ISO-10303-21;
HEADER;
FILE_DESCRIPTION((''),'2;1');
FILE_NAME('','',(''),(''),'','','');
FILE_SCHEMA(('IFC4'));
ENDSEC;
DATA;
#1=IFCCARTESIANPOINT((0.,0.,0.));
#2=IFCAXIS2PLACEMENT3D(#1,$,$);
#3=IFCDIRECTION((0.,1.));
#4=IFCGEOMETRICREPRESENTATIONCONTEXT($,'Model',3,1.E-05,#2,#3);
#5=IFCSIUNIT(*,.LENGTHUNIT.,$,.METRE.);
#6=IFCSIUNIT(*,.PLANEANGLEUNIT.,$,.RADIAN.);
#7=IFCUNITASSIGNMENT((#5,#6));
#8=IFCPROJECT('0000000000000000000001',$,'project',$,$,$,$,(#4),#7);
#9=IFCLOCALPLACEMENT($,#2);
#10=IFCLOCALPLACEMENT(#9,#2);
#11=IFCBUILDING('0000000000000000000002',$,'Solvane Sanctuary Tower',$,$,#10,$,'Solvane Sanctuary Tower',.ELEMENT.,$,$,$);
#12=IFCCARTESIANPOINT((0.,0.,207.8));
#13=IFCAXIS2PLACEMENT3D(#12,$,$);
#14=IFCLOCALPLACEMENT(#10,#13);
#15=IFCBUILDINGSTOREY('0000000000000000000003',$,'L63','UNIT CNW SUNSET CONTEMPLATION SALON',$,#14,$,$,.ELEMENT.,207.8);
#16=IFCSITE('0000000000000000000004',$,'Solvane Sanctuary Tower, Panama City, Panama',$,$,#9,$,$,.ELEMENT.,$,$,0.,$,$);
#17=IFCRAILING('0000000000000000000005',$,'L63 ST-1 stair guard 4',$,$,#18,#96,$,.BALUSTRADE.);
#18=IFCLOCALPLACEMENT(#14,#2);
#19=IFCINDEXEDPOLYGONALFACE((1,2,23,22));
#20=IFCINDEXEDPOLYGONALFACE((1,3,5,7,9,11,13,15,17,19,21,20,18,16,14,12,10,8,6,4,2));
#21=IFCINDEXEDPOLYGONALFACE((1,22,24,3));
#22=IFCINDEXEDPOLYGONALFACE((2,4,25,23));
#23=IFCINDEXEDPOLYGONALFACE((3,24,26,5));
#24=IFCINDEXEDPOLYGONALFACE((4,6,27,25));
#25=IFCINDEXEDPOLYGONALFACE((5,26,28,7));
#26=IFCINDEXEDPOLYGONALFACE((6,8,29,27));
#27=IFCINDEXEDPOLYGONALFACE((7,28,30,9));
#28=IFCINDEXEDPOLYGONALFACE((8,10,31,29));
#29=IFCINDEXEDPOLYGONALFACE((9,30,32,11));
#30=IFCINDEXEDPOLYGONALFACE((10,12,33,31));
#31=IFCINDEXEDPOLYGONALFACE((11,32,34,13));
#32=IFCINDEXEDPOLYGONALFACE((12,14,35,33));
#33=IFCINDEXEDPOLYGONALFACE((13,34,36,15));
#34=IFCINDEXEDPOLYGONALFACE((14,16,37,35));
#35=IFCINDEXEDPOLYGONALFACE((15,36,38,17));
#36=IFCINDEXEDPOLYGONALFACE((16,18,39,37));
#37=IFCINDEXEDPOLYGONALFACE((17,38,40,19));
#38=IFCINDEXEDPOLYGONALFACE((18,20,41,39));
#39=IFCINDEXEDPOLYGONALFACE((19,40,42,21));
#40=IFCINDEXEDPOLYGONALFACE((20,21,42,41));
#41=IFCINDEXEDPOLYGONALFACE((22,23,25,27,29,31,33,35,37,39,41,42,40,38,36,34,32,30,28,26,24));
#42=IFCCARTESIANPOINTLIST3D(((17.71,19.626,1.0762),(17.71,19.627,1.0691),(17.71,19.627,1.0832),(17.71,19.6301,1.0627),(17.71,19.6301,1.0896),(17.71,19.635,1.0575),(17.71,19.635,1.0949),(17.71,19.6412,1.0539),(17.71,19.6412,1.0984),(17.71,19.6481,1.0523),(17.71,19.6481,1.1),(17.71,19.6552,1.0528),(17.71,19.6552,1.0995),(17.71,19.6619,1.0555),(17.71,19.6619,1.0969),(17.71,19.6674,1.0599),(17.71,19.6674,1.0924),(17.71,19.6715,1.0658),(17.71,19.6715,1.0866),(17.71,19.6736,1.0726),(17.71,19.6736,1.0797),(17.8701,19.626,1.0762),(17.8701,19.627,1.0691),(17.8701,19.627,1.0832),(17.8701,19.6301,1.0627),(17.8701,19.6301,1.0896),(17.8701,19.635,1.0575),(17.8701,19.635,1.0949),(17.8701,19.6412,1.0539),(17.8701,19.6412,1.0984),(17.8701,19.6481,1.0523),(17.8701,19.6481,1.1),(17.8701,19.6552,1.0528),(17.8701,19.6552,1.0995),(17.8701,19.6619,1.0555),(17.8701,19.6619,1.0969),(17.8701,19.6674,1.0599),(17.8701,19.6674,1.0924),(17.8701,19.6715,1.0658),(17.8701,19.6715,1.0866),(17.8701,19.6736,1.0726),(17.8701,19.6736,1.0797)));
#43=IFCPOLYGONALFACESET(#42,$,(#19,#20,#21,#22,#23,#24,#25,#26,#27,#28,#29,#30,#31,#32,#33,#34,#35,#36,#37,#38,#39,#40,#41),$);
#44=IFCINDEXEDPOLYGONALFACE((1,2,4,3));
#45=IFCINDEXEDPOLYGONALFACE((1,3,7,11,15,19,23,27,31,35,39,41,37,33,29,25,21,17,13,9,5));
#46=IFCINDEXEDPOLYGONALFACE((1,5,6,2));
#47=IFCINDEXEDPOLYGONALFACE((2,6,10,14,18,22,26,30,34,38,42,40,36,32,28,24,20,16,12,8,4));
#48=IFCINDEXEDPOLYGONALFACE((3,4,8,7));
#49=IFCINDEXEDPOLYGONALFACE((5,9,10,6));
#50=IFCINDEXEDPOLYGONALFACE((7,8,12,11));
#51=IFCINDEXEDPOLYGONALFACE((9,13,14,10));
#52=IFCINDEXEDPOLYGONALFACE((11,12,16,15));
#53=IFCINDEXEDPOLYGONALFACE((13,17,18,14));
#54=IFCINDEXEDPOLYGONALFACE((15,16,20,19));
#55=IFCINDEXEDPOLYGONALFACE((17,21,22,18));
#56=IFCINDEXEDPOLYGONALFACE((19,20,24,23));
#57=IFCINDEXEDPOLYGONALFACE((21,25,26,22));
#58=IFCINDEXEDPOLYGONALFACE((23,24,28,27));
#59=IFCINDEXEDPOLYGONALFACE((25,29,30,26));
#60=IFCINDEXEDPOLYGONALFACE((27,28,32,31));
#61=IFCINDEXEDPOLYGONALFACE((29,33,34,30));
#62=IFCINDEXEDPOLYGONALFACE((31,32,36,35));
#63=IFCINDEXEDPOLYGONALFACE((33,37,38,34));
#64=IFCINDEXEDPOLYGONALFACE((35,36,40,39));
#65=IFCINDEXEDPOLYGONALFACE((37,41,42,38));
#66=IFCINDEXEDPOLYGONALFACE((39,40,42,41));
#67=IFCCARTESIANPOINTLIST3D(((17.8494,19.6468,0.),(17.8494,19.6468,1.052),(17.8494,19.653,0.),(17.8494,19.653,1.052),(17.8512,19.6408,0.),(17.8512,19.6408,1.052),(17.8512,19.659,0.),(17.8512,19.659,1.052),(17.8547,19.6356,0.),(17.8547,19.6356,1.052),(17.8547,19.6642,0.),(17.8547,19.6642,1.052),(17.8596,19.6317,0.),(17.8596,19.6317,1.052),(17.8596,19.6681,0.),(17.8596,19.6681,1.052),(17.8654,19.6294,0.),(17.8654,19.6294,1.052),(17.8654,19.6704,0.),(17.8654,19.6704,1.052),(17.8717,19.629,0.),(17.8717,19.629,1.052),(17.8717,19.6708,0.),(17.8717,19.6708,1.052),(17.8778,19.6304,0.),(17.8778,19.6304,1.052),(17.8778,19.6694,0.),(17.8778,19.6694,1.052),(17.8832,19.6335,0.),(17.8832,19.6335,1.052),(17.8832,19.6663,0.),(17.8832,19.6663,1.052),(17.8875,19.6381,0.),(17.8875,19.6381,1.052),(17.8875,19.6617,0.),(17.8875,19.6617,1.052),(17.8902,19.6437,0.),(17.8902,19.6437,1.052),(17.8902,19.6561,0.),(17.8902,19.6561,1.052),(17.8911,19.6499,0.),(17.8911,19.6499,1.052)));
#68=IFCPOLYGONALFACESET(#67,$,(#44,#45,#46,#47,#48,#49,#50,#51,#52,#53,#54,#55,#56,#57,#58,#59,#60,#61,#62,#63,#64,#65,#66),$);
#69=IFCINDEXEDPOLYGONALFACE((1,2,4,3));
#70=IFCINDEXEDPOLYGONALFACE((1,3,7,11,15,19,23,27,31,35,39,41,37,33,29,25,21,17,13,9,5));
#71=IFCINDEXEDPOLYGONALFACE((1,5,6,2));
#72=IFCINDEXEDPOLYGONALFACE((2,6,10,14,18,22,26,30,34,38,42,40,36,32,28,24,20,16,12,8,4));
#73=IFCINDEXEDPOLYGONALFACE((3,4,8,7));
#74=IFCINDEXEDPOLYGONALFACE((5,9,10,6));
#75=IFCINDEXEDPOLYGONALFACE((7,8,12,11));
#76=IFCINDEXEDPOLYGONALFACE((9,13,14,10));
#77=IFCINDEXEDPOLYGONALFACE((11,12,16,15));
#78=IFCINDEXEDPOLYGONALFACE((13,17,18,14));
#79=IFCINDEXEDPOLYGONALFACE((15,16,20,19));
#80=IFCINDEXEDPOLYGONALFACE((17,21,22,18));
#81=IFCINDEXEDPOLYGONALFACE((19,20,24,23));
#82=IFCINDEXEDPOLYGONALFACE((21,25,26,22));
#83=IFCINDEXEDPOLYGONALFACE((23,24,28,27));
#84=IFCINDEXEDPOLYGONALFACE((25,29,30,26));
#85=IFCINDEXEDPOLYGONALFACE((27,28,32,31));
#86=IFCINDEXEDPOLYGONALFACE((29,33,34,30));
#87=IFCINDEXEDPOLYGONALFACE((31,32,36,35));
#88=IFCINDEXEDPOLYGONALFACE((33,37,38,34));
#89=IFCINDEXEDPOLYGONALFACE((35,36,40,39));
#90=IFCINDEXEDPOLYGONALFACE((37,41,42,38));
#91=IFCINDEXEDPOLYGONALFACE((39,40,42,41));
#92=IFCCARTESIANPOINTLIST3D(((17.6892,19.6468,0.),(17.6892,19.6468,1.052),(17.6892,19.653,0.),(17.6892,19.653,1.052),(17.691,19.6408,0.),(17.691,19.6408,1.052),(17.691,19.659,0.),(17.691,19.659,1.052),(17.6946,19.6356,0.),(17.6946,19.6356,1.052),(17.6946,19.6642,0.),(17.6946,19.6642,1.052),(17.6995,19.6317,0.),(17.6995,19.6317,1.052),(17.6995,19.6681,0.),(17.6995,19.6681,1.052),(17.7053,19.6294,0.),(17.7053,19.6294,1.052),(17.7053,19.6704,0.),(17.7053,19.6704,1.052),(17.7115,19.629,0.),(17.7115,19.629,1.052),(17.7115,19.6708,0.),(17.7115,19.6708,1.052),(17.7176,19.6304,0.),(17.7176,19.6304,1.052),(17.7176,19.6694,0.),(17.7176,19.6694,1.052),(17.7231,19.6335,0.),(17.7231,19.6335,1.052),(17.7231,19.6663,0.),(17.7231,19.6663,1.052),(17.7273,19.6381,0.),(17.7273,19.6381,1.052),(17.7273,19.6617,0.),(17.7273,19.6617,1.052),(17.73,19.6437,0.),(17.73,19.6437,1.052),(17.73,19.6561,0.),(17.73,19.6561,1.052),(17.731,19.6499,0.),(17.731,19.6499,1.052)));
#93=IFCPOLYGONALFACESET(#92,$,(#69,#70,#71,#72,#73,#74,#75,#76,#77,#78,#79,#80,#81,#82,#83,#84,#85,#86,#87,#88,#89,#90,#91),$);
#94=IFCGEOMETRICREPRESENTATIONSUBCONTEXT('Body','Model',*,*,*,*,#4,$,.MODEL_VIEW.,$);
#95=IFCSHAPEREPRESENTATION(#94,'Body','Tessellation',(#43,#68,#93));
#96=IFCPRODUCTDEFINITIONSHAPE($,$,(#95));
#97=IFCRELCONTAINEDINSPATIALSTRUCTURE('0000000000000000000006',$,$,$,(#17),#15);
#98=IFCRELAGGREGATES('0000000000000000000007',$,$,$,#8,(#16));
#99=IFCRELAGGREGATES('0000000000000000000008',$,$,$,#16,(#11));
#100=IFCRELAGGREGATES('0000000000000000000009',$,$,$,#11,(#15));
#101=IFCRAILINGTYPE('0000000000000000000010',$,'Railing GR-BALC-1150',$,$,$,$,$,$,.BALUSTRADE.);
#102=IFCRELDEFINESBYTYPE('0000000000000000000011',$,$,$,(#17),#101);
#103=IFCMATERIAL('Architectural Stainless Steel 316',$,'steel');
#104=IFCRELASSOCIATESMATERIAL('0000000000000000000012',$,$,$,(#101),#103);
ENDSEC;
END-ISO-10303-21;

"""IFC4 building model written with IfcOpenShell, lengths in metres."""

from ifc_helpers import new_model, si_unit, direction, frame, origin, origin_2d, place, context, subcontext, project, spatial, circle, extrude, material, type_object, element, save


model = new_model("IFC4")

# Units and contexts
model_context = context("Model", 3, precision=1e-05, world=origin(), true_north=direction((0.0, 1.0)))
body_context = subcontext(model_context, "Body", "Model", "MODEL_VIEW")
ifc_project = project(units=[si_unit("LENGTHUNIT", "METRE"), si_unit("PLANEANGLEUNIT", "RADIAN")], contexts=[model_context])

# Site, building, storey
site_placement = place(None, origin())
site = spatial("IfcSite", under=ifc_project, at=site_placement, Name="Solvane Sanctuary Tower, Panama City, Panama", CompositionType="ELEMENT", RefElevation=0.0)
building_placement = place(site_placement, origin())
building = spatial("IfcBuilding", under=site, at=building_placement, Name="Solvane Sanctuary Tower", LongName="Solvane Sanctuary Tower", CompositionType="ELEMENT")
storey_placement = place(building_placement, frame((0.0, 0.0, 207.8)))
storey = spatial("IfcBuildingStorey", under=building, at=storey_placement, Name="L63", Description="UNIT CNW SUNSET CONTEMPLATION SALON", CompositionType="ELEMENT", Elevation=207.8)

# Shared definitions
ifc_material_1 = material(Name="Architectural Stainless Steel 316", Category="steel")

# Railing
railing_type_1 = type_object("IfcRailingType", Name="Railing GR-BALC-1150", PredefinedType="BALUSTRADE", material=ifc_material_1)
railing_1_placement = place(storey_placement, frame((17.8701, 19.6499, 0.0)))
element("IfcRailing", 1, at=railing_1_placement, inside=storey, type_object=railing_type_1, Name="L63 ST-1 stair guard 4", PredefinedType="BALUSTRADE", context=body_context, shape_type="SweptSolid", body=[
    extrude(circle(Radius=0.0239, at=origin_2d()), frame((0.0, 0.0, 1.0762), z_axis=(-1.0, 0.0, 0.0), x_axis=(0.0, -1.0, 0.0)), (0.0, 0.0, 1.0), 0.1602),
    extrude(circle(Radius=0.021, at=origin_2d()), origin(), (0.0, 0.0, 1.0), 1.052),
    extrude(circle(Radius=0.021, at=origin_2d()), frame((-0.1602, 0.0, 0.0)), (0.0, 0.0, 1.0), 1.052),
])

save(model, "model.ifc")
